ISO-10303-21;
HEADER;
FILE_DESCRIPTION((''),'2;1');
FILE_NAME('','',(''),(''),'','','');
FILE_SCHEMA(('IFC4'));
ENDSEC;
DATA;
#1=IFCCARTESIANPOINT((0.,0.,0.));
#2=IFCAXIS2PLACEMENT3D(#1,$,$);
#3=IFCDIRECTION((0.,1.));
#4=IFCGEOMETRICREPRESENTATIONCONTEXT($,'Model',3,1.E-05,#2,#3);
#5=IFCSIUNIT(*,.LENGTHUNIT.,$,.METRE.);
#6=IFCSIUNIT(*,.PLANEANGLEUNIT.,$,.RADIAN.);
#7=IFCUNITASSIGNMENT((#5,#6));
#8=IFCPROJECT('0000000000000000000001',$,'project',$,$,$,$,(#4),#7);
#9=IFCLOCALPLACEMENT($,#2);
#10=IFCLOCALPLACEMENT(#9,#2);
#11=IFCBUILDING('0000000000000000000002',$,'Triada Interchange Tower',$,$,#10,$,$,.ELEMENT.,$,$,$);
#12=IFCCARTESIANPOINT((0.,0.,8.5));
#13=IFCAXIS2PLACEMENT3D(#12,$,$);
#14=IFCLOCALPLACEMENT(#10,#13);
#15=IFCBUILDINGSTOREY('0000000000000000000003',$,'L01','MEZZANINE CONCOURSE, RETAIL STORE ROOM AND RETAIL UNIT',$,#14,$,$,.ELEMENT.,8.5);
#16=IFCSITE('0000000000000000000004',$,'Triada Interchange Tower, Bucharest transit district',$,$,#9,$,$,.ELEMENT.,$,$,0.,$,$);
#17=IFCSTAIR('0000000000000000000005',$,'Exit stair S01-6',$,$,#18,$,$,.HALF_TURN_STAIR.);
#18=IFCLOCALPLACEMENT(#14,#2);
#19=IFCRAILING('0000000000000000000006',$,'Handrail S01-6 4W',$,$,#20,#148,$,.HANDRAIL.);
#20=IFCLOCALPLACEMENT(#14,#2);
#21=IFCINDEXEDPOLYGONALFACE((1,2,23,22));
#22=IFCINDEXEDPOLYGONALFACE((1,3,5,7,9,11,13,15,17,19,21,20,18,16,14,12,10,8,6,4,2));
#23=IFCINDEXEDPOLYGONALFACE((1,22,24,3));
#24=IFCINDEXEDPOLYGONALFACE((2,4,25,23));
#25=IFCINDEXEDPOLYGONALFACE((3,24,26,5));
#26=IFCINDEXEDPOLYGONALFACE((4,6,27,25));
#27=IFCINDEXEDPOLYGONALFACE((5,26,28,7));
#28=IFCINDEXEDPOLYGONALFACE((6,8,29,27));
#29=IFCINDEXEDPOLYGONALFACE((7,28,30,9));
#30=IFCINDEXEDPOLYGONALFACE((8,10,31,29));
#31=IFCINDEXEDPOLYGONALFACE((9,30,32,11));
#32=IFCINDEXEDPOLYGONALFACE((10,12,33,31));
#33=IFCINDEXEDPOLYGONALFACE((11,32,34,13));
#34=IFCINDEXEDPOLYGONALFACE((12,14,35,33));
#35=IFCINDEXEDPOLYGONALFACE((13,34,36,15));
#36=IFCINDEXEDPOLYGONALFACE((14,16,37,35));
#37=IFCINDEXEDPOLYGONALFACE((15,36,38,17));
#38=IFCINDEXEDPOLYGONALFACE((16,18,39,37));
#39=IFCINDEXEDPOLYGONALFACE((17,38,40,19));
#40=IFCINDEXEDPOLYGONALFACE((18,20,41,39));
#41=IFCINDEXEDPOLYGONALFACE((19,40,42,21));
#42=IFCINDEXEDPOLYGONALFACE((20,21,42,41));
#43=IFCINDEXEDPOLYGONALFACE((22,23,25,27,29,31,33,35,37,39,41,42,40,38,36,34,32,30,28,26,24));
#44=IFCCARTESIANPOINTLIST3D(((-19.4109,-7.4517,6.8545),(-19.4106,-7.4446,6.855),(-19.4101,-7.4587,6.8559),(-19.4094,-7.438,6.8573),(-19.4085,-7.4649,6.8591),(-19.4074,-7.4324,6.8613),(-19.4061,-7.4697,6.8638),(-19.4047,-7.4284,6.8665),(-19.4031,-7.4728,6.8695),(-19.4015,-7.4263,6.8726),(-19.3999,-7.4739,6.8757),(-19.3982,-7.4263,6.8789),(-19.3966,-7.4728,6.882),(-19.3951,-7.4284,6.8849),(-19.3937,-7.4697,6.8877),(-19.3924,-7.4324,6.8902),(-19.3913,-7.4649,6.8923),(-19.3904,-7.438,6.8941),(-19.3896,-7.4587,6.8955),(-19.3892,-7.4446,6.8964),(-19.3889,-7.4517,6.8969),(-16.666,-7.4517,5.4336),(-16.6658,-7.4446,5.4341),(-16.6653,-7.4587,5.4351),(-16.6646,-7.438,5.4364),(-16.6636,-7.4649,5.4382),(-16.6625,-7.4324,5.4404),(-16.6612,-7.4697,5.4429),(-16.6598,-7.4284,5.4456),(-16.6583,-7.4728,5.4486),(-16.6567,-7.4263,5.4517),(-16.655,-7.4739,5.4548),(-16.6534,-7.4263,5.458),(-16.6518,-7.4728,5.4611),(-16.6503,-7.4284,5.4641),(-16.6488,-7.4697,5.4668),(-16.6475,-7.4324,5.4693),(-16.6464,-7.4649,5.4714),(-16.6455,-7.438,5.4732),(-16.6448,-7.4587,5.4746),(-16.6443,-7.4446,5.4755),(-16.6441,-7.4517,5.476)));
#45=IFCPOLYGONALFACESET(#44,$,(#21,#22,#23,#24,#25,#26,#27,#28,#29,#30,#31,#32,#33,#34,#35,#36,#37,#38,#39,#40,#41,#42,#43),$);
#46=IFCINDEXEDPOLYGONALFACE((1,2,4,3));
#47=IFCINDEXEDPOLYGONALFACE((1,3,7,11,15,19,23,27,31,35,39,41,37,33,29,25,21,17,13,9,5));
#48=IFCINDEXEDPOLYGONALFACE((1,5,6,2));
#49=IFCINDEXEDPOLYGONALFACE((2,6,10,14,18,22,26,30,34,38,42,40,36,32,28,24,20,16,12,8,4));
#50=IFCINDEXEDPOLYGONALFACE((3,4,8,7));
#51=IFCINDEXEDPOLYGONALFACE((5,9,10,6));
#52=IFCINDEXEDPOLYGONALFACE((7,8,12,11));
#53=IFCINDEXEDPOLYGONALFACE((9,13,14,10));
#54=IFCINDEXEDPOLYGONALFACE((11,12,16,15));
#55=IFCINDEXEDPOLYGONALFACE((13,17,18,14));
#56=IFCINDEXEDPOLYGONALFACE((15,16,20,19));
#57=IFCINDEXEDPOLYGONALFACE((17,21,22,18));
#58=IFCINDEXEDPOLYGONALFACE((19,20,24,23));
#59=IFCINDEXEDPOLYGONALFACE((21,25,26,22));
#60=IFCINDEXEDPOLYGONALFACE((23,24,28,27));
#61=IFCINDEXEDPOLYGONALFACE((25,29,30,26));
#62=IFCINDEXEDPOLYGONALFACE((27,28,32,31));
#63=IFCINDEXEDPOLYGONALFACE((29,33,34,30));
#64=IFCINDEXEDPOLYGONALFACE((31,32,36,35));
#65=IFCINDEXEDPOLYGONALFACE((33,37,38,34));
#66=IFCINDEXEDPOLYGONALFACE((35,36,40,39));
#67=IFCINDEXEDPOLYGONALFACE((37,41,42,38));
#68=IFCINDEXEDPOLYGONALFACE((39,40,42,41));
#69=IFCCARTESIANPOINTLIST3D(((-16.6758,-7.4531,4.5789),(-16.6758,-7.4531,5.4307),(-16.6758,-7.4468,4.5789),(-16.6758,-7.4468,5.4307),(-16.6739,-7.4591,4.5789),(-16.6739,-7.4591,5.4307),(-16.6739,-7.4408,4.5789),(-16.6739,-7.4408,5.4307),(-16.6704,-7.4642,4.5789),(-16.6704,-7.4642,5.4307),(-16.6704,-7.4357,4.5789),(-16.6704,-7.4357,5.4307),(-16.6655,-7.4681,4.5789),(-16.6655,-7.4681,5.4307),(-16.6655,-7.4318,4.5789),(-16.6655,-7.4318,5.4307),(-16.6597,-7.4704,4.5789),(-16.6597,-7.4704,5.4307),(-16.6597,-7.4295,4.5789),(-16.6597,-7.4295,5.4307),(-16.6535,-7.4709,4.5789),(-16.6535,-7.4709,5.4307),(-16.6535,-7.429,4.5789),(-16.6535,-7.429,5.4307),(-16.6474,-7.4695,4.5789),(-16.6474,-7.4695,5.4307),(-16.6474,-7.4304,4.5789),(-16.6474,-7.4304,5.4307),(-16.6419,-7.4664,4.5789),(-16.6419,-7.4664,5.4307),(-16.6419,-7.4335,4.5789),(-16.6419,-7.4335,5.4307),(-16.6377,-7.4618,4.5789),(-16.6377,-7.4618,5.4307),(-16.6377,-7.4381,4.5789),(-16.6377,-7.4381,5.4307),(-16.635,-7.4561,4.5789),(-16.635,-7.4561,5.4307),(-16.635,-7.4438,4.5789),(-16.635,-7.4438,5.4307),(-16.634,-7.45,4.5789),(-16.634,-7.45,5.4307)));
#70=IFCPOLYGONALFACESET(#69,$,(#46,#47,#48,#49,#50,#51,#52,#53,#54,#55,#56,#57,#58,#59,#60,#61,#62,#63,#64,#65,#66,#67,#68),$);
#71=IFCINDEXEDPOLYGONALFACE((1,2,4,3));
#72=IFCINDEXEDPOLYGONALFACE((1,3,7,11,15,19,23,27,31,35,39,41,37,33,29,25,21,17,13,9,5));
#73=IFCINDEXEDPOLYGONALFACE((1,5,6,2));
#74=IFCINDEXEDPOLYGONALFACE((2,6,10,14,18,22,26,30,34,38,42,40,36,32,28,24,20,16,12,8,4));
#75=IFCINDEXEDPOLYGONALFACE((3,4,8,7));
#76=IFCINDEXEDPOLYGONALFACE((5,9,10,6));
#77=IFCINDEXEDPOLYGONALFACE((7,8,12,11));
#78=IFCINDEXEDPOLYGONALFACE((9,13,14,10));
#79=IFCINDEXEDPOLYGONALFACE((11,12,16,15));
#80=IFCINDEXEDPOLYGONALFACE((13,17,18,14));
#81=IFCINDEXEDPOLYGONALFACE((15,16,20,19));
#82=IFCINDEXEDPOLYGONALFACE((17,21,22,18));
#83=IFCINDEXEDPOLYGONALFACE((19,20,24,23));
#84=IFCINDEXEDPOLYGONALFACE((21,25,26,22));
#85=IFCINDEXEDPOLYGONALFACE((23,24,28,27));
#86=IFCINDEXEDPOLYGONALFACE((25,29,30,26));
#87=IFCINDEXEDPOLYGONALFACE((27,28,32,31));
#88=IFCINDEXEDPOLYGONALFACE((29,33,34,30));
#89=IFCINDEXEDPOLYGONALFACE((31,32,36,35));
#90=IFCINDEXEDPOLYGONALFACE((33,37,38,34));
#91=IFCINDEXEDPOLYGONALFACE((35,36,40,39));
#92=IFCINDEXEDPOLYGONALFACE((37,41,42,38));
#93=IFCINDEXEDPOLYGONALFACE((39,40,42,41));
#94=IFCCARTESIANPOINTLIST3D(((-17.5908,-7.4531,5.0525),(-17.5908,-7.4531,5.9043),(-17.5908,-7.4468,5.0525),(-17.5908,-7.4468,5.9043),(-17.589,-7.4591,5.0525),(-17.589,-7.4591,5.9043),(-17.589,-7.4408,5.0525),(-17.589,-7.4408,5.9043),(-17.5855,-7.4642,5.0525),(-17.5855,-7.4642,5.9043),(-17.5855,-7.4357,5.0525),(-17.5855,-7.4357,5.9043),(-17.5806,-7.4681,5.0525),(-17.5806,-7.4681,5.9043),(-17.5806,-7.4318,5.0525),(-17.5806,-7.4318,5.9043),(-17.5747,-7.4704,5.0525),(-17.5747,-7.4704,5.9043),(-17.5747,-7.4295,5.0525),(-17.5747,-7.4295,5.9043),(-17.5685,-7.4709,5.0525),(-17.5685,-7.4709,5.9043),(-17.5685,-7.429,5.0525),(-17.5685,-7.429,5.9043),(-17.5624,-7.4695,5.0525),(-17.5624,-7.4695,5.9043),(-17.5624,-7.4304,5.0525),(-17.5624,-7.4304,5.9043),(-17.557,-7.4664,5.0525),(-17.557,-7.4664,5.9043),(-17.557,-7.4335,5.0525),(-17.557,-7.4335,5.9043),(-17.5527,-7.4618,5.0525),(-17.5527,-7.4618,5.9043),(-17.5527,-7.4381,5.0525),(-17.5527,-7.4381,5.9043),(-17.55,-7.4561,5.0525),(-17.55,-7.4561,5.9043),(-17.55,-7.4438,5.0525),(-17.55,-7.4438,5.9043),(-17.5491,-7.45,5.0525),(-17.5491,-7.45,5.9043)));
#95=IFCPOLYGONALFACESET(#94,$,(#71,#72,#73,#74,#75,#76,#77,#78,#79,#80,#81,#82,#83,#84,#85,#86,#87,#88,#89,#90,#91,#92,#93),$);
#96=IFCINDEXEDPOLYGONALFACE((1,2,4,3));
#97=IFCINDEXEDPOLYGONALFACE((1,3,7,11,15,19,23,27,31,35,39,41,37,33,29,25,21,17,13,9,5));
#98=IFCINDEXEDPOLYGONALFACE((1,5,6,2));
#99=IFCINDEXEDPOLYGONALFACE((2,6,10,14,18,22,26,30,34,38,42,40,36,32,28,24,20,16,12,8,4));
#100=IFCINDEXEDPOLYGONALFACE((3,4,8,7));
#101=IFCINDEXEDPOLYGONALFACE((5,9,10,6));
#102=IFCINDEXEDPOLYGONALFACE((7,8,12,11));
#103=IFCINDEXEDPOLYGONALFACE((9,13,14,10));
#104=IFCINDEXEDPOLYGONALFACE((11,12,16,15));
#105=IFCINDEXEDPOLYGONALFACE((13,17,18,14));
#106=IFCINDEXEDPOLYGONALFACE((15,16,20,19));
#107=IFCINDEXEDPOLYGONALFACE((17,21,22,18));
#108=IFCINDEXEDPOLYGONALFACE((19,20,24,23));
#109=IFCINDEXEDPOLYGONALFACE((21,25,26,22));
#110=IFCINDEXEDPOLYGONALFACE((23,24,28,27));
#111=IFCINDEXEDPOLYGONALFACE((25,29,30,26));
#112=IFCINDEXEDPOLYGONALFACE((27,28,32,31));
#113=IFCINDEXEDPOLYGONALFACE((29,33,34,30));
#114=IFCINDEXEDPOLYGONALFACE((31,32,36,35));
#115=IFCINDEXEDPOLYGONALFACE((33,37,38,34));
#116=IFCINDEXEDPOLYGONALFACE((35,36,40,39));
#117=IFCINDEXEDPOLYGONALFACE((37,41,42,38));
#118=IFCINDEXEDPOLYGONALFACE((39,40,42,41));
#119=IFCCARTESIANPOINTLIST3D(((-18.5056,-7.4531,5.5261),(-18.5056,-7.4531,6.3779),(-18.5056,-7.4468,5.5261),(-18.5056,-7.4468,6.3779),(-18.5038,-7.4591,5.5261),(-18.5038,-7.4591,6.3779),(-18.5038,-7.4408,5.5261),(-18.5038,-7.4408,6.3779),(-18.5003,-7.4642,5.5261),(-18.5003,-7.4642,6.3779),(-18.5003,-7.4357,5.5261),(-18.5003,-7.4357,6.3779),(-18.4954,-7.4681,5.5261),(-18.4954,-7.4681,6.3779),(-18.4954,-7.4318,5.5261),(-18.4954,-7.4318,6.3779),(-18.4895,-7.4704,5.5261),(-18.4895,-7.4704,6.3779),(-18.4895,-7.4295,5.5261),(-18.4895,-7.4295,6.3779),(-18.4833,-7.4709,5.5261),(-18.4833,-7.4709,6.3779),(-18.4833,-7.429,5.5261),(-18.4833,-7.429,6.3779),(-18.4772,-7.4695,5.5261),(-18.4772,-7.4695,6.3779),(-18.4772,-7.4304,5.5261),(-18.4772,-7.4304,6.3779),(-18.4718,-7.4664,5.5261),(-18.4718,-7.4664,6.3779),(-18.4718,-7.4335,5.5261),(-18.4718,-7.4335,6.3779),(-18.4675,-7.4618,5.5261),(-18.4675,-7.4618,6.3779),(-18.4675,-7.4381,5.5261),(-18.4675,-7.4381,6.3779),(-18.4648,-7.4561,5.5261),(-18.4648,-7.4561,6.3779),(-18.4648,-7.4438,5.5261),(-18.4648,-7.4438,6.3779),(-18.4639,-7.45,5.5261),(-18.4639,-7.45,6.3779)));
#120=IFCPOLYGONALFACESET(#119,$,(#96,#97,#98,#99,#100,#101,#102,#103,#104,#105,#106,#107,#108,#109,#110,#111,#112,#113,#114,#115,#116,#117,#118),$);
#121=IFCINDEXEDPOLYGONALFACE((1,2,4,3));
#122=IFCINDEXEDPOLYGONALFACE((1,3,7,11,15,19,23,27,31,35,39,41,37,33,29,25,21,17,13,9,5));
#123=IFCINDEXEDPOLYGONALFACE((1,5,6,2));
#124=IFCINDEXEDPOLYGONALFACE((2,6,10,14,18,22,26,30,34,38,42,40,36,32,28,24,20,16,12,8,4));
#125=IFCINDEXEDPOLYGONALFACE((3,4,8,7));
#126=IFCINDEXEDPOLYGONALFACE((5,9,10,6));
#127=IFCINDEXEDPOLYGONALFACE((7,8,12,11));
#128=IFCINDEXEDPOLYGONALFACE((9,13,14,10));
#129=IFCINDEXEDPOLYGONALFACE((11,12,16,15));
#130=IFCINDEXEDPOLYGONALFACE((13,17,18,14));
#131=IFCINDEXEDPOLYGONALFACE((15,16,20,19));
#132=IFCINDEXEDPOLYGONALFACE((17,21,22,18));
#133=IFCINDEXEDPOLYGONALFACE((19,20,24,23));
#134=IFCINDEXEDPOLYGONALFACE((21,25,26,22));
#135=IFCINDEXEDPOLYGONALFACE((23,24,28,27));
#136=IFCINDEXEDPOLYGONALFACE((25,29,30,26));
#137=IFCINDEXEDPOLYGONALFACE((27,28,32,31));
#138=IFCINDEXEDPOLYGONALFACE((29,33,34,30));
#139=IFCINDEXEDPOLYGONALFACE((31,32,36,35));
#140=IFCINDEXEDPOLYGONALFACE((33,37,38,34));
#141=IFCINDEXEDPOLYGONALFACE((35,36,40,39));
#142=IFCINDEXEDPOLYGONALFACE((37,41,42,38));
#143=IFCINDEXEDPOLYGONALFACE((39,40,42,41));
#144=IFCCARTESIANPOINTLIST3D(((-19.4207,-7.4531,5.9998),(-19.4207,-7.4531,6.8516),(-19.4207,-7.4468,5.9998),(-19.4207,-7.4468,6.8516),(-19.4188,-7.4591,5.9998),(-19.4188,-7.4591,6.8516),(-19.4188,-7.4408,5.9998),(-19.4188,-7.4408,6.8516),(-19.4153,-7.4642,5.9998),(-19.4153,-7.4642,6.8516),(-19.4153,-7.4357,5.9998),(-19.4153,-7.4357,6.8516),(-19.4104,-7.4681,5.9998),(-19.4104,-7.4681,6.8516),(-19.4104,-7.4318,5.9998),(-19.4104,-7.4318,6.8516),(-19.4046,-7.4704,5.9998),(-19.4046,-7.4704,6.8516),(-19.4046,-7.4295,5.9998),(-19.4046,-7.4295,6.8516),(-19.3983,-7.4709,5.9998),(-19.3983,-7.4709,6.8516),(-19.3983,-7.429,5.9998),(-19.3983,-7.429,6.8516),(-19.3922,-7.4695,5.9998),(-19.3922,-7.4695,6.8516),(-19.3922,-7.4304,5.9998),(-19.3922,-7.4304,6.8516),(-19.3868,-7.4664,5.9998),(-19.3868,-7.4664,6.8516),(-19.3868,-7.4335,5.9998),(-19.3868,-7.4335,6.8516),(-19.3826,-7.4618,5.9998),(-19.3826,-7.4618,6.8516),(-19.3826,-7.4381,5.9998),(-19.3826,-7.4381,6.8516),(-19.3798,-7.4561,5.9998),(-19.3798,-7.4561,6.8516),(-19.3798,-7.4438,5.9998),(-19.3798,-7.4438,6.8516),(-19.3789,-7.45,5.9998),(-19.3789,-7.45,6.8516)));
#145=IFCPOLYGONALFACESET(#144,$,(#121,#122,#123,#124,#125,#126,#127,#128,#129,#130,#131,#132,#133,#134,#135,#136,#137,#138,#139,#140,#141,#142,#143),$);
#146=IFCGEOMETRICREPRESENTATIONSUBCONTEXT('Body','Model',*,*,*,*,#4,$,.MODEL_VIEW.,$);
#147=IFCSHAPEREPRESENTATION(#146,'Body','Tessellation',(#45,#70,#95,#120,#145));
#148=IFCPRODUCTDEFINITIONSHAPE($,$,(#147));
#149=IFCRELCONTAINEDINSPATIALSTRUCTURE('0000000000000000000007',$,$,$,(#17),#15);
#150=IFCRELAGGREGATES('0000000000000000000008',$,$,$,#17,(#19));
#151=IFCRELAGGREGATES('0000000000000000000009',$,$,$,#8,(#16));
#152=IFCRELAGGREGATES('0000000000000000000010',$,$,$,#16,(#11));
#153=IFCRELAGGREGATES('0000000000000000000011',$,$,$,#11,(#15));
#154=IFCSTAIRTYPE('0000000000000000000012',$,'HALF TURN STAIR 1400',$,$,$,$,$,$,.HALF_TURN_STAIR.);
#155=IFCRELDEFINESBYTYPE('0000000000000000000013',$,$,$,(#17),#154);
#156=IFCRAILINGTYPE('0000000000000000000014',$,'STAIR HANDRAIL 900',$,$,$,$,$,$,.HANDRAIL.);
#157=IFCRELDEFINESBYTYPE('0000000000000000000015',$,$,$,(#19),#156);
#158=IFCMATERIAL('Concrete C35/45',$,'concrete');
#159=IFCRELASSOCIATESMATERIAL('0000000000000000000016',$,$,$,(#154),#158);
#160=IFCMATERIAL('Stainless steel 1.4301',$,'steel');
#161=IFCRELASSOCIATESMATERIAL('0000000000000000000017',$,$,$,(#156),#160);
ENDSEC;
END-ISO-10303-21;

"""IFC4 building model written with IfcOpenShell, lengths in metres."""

from ifc_helpers import new_model, si_unit, direction, frame, origin, origin_2d, place, context, subcontext, project, spatial, circle, extrude, material, type_object, element, aggregate, save


model = new_model("IFC4")

# Units and contexts
model_context = context("Model", 3, precision=1e-05, world=origin(), true_north=direction((0.0, 1.0)))
body_context = subcontext(model_context, "Body", "Model", "MODEL_VIEW")
ifc_project = project(units=[si_unit("LENGTHUNIT", "METRE"), si_unit("PLANEANGLEUNIT", "RADIAN")], contexts=[model_context])

# Site, building, storey
site_placement = place(None, origin())
site = spatial("IfcSite", under=ifc_project, at=site_placement, Name="Triada Interchange Tower, Bucharest transit district", CompositionType="ELEMENT", RefElevation=0.0)
building_placement = place(site_placement, origin())
building = spatial("IfcBuilding", under=site, at=building_placement, Name="Triada Interchange Tower", CompositionType="ELEMENT")
storey_placement = place(building_placement, frame((0.0, 0.0, 8.5)))
storey = spatial("IfcBuildingStorey", under=building, at=storey_placement, Name="L01", Description="MEZZANINE CONCOURSE, RETAIL STORE ROOM AND RETAIL UNIT", CompositionType="ELEMENT", Elevation=8.5)

# Shared definitions
ifc_material_1 = material(Name="Concrete C35/45", Category="concrete")

# Stair
stair_type = type_object("IfcStairType", Name="HALF TURN STAIR 1400", PredefinedType="HALF_TURN_STAIR", material=ifc_material_1)
stair_1_placement = place(storey_placement, origin())
stair_1 = element("IfcStair", 1, at=stair_1_placement, inside=storey, type_object=stair_type, Name="Exit stair S01-6", PredefinedType="HALF_TURN_STAIR")

# Railing
ifc_material_2 = material(Name="Stainless steel 1.4301", Category="steel")
railing_type_1 = type_object("IfcRailingType", Name="STAIR HANDRAIL 900", PredefinedType="HANDRAIL", material=ifc_material_2)
railing_1_placement = place(storey_placement, frame((-16.655, -7.45, 4.5789)))
railing_1 = element("IfcRailing", 2, at=railing_1_placement, type_object=railing_type_1, Name="Handrail S01-6 4W", PredefinedType="HANDRAIL", context=body_context, shape_type="SweptSolid", body=[
    extrude(circle(Radius=0.0239, at=origin_2d()), frame((0.0, 0.0, 0.876), z_axis=(-0.888068, 0.0, 0.459713), x_axis=(0.0, -1.0, 0.0)), (0.0, 0.0, 1.0), 3.0908),
    extrude(circle(Radius=0.021, at=origin_2d()), origin(), (0.0, 0.0, 1.0), 0.8518),
    extrude(circle(Radius=0.021, at=origin_2d()), frame((-0.915, 0.0, 0.4736)), (0.0, 0.0, 1.0), 0.8518),
    extrude(circle(Radius=0.021, at=origin_2d()), frame((-1.8298, 0.0, 0.9473)), (0.0, 0.0, 1.0), 0.8518),
    extrude(circle(Radius=0.021, at=origin_2d()), frame((-2.7449, 0.0, 1.4209)), (0.0, 0.0, 1.0), 0.8518),
])
aggregate(stair_1, [railing_1])

save(model, "model.ifc")
